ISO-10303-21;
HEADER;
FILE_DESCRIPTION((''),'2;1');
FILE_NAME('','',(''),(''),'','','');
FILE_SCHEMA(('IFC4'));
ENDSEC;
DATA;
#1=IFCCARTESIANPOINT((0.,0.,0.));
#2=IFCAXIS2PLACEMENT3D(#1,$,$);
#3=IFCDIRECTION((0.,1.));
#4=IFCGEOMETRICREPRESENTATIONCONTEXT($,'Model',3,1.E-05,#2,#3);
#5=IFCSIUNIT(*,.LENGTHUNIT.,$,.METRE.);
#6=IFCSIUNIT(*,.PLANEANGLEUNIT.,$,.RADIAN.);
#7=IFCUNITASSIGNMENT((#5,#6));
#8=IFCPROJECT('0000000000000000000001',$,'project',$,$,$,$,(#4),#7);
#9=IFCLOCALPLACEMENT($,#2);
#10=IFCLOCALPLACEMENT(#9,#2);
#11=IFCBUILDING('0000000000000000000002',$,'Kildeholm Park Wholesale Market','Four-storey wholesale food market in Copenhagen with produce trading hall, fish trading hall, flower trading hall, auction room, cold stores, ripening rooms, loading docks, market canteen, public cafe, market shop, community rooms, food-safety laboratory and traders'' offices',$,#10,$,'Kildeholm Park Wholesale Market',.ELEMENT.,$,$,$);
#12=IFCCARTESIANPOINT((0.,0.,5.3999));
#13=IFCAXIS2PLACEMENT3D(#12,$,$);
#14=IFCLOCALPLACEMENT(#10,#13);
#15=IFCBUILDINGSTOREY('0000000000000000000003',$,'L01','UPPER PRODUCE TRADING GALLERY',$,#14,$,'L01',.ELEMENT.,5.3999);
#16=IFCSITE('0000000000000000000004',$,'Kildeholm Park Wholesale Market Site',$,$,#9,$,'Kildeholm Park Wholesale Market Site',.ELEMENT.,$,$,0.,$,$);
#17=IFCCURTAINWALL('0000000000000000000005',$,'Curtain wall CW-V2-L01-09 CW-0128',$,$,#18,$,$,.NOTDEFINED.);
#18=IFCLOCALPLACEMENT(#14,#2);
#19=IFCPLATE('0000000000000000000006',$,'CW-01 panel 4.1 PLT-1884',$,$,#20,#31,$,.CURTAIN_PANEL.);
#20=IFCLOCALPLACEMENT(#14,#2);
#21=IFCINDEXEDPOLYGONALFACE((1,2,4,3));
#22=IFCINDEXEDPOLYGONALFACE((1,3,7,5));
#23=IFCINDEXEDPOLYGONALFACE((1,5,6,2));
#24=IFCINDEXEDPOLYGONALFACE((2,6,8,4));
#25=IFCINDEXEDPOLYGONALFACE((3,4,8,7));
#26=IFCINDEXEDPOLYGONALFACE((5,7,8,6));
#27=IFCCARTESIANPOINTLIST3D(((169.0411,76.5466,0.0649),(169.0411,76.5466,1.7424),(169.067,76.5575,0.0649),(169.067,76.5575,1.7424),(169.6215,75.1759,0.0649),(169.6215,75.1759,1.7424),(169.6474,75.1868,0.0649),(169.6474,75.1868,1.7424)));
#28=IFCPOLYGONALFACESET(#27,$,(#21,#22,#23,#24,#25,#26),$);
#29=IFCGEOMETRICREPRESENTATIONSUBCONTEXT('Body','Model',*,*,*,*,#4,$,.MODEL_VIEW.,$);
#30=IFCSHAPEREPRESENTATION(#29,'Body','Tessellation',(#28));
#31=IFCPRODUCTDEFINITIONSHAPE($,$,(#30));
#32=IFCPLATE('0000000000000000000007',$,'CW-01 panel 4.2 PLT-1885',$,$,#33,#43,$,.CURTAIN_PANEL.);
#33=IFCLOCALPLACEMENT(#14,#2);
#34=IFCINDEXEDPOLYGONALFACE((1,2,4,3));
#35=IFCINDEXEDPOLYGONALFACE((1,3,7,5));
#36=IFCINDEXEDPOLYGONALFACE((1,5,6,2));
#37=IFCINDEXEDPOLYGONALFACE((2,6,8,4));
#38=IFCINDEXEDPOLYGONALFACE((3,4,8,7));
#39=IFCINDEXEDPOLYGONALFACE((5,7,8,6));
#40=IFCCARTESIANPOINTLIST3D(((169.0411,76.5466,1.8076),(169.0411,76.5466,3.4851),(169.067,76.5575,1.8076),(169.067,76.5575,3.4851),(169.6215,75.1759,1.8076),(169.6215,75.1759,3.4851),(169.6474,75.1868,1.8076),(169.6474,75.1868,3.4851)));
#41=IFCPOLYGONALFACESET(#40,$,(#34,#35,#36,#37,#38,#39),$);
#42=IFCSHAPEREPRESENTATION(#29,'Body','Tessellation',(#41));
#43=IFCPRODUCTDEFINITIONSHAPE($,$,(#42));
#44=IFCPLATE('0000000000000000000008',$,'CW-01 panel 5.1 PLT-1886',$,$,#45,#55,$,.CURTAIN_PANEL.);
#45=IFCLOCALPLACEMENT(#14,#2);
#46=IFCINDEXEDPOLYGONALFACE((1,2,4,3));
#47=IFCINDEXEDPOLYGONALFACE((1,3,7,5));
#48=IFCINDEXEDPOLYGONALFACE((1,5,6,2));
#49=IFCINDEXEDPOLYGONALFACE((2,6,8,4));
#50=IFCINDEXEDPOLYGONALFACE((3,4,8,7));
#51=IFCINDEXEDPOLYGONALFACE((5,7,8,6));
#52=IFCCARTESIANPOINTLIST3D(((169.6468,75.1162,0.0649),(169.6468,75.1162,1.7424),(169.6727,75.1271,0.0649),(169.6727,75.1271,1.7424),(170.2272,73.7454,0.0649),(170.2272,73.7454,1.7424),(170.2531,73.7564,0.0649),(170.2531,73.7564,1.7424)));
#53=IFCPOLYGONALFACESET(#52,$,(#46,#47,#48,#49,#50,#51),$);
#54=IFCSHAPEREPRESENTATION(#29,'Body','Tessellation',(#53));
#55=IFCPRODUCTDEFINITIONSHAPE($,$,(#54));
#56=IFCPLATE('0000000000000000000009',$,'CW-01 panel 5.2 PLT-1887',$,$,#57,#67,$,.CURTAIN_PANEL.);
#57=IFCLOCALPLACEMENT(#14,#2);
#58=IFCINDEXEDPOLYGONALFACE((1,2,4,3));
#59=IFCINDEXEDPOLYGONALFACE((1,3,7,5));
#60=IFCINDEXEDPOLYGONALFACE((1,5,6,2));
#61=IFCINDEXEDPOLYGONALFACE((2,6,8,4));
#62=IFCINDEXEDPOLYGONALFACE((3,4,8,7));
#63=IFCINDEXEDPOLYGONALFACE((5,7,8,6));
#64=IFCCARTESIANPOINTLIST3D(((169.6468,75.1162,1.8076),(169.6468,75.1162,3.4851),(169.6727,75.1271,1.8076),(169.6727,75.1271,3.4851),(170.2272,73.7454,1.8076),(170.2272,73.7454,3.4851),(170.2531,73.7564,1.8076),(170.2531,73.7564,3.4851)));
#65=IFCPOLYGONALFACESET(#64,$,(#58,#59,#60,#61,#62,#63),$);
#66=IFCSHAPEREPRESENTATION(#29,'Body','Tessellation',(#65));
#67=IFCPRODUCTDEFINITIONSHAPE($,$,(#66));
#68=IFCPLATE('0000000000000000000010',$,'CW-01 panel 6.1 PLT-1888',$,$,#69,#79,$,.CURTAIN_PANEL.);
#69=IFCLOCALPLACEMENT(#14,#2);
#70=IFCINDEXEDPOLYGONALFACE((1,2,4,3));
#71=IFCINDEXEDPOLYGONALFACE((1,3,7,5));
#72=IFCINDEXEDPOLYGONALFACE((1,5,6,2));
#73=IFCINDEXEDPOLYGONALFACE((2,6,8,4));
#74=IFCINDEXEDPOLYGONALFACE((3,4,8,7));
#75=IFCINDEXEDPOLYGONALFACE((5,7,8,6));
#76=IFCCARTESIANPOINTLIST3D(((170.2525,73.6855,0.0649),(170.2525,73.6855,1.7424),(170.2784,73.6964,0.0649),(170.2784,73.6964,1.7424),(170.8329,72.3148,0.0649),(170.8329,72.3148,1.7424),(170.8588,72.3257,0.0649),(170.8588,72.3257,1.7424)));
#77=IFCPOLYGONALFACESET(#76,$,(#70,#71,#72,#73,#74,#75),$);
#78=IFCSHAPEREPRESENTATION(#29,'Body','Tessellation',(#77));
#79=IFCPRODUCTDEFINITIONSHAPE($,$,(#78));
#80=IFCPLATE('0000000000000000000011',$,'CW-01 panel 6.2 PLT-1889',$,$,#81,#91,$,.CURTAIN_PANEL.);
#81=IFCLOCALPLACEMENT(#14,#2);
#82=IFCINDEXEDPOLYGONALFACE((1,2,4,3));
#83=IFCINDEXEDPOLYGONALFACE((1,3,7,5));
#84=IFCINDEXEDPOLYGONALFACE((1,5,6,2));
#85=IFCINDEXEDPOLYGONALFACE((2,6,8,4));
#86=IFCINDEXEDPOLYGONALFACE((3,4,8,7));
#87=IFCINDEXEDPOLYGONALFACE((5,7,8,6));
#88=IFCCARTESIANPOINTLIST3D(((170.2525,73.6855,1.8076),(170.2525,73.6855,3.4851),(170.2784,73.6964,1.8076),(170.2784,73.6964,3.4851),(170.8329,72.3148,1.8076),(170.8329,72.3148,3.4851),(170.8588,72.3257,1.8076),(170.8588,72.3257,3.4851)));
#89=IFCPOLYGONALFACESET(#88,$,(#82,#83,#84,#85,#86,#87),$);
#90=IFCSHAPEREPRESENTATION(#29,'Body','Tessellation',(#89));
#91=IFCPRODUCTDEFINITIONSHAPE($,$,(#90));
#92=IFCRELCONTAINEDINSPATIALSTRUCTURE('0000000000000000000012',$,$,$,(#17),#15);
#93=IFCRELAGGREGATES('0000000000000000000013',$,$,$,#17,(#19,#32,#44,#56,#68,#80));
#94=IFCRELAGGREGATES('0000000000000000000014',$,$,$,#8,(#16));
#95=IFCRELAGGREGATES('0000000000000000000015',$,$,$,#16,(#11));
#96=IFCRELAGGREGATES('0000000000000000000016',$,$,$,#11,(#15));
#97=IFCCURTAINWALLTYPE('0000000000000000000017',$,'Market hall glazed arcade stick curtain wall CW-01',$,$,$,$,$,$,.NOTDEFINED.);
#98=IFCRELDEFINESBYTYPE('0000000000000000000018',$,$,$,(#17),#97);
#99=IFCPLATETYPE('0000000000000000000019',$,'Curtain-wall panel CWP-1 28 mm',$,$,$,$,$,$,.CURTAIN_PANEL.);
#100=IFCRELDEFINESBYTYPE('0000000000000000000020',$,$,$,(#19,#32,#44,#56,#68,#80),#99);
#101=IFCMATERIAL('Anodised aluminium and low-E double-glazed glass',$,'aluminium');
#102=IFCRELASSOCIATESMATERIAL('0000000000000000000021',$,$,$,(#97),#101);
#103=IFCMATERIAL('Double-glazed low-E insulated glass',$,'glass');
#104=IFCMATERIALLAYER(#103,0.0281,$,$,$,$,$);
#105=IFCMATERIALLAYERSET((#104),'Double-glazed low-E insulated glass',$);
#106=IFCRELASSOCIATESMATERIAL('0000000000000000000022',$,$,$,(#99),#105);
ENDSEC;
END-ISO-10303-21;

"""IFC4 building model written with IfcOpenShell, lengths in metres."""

from ifc_helpers import new_model, si_unit, direction, frame, origin, origin_2d, place, context, subcontext, project, spatial, rectangle, extrude, material, layer, layer_set, type_object, element, aggregate, save


model = new_model("IFC4")

# Units and contexts
model_context = context("Model", 3, precision=1e-05, world=origin(), true_north=direction((0.0, 1.0)))
body_context = subcontext(model_context, "Body", "Model", "MODEL_VIEW")
ifc_project = project(units=[si_unit("LENGTHUNIT", "METRE"), si_unit("PLANEANGLEUNIT", "RADIAN")], contexts=[model_context])

# Site, building, storey
site_placement = place(None, origin())
site = spatial("IfcSite", under=ifc_project, at=site_placement, Name="Kildeholm Park Wholesale Market Site", LongName="Kildeholm Park Wholesale Market Site", CompositionType="ELEMENT", RefElevation=0.0)
building_placement = place(site_placement, origin())
building = spatial("IfcBuilding", under=site, at=building_placement, Name="Kildeholm Park Wholesale Market", Description="Four-storey wholesale food market in Copenhagen with produce trading hall, fish trading hall, flower trading hall, auction room, cold stores, ripening rooms, loading docks, market canteen, public cafe, market shop, community rooms, food-safety laboratory and traders' offices", LongName="Kildeholm Park Wholesale Market", CompositionType="ELEMENT")
storey_placement = place(building_placement, frame((0.0, 0.0, 5.3999)))
storey = spatial("IfcBuildingStorey", under=building, at=storey_placement, Name="L01", Description="UPPER PRODUCE TRADING GALLERY", LongName="L01", CompositionType="ELEMENT", Elevation=5.3999)

# Curtain wall, plates
ifc_material_1 = material(Name="Anodised aluminium and low-E double-glazed glass", Category="aluminium")
curtain_wall_type = type_object("IfcCurtainWallType", Name="Market hall glazed arcade stick curtain wall CW-01", PredefinedType="NOTDEFINED", material=ifc_material_1)
curtain_wall_placement = place(storey_placement, origin())
curtain_wall = element("IfcCurtainWall", 1, at=curtain_wall_placement, inside=storey, type_object=curtain_wall_type, Name="Curtain wall CW-V2-L01-09 CW-0128", PredefinedType="NOTDEFINED")
ifc_material_2 = material(Name="Double-glazed low-E insulated glass", Category="glass")
ifc_layer = layer(ifc_material_2, 0.0281)
ifc_layer_set = layer_set([ifc_layer], Name="Double-glazed low-E insulated glass")
plate_type = type_object("IfcPlateType", Name="Curtain-wall panel CWP-1 28 mm", PredefinedType="CURTAIN_PANEL", material=ifc_layer_set)
plate_1_placement = place(storey_placement, frame((169.3442, 75.8667, 0.0649), z_axis=(0.0, 0.0, 1.0), x_axis=(0.389905, -0.920855, 0.0)))
plate_1 = element("IfcPlate", 2, at=plate_1_placement, type_object=plate_type, Name="CW-01 panel 4.1 PLT-1884", PredefinedType="CURTAIN_PANEL", context=body_context, shape_type="SweptSolid", body=[
    extrude(rectangle(XDim=1.4885, YDim=0.0281, at=origin_2d()), origin(), (0.0, 0.0, 1.0), 1.6775),
])
plate_2_placement = place(storey_placement, frame((169.3442, 75.8667, 1.8076), z_axis=(0.0, 0.0, 1.0), x_axis=(0.389905, -0.920855, 0.0)))
plate_2 = element("IfcPlate", 3, at=plate_2_placement, type_object=plate_type, Name="CW-01 panel 4.2 PLT-1885", PredefinedType="CURTAIN_PANEL", context=body_context, shape_type="SweptSolid", body=[
    extrude(rectangle(XDim=1.4885, YDim=0.0281, at=origin_2d()), origin(), (0.0, 0.0, 1.0), 1.6775),
])
plate_3_placement = place(storey_placement, frame((169.95, 74.4363, 0.0649), z_axis=(0.0, 0.0, 1.0), x_axis=(0.389905, -0.920855, 0.0)))
plate_3 = element("IfcPlate", 4, at=plate_3_placement, type_object=plate_type, Name="CW-01 panel 5.1 PLT-1886", PredefinedType="CURTAIN_PANEL", context=body_context, shape_type="SweptSolid", body=[
    extrude(rectangle(XDim=1.4885, YDim=0.0281, at=origin_2d()), origin(), (0.0, 0.0, 1.0), 1.6775),
])
plate_4_placement = place(storey_placement, frame((169.95, 74.4363, 1.8076), z_axis=(0.0, 0.0, 1.0), x_axis=(0.389905, -0.920855, 0.0)))
plate_4 = element("IfcPlate", 5, at=plate_4_placement, type_object=plate_type, Name="CW-01 panel 5.2 PLT-1887", PredefinedType="CURTAIN_PANEL", context=body_context, shape_type="SweptSolid", body=[
    extrude(rectangle(XDim=1.4885, YDim=0.0281, at=origin_2d()), origin(), (0.0, 0.0, 1.0), 1.6775),
])
plate_5_placement = place(storey_placement, frame((170.5557, 73.0056, 0.0649), z_axis=(0.0, 0.0, 1.0), x_axis=(0.389905, -0.920855, 0.0)))
plate_5 = element("IfcPlate", 6, at=plate_5_placement, type_object=plate_type, Name="CW-01 panel 6.1 PLT-1888", PredefinedType="CURTAIN_PANEL", context=body_context, shape_type="SweptSolid", body=[
    extrude(rectangle(XDim=1.4885, YDim=0.0281, at=origin_2d()), origin(), (0.0, 0.0, 1.0), 1.6775),
])
plate_6_placement = place(storey_placement, frame((170.5557, 73.0056, 1.8076), z_axis=(0.0, 0.0, 1.0), x_axis=(0.389905, -0.920855, 0.0)))
plate_6 = element("IfcPlate", 7, at=plate_6_placement, type_object=plate_type, Name="CW-01 panel 6.2 PLT-1889", PredefinedType="CURTAIN_PANEL", context=body_context, shape_type="SweptSolid", body=[
    extrude(rectangle(XDim=1.4885, YDim=0.0281, at=origin_2d()), origin(), (0.0, 0.0, 1.0), 1.6775),
])
aggregate(curtain_wall, [plate_1, plate_2, plate_3, plate_4, plate_5, plate_6])

save(model, "model.ifc")
